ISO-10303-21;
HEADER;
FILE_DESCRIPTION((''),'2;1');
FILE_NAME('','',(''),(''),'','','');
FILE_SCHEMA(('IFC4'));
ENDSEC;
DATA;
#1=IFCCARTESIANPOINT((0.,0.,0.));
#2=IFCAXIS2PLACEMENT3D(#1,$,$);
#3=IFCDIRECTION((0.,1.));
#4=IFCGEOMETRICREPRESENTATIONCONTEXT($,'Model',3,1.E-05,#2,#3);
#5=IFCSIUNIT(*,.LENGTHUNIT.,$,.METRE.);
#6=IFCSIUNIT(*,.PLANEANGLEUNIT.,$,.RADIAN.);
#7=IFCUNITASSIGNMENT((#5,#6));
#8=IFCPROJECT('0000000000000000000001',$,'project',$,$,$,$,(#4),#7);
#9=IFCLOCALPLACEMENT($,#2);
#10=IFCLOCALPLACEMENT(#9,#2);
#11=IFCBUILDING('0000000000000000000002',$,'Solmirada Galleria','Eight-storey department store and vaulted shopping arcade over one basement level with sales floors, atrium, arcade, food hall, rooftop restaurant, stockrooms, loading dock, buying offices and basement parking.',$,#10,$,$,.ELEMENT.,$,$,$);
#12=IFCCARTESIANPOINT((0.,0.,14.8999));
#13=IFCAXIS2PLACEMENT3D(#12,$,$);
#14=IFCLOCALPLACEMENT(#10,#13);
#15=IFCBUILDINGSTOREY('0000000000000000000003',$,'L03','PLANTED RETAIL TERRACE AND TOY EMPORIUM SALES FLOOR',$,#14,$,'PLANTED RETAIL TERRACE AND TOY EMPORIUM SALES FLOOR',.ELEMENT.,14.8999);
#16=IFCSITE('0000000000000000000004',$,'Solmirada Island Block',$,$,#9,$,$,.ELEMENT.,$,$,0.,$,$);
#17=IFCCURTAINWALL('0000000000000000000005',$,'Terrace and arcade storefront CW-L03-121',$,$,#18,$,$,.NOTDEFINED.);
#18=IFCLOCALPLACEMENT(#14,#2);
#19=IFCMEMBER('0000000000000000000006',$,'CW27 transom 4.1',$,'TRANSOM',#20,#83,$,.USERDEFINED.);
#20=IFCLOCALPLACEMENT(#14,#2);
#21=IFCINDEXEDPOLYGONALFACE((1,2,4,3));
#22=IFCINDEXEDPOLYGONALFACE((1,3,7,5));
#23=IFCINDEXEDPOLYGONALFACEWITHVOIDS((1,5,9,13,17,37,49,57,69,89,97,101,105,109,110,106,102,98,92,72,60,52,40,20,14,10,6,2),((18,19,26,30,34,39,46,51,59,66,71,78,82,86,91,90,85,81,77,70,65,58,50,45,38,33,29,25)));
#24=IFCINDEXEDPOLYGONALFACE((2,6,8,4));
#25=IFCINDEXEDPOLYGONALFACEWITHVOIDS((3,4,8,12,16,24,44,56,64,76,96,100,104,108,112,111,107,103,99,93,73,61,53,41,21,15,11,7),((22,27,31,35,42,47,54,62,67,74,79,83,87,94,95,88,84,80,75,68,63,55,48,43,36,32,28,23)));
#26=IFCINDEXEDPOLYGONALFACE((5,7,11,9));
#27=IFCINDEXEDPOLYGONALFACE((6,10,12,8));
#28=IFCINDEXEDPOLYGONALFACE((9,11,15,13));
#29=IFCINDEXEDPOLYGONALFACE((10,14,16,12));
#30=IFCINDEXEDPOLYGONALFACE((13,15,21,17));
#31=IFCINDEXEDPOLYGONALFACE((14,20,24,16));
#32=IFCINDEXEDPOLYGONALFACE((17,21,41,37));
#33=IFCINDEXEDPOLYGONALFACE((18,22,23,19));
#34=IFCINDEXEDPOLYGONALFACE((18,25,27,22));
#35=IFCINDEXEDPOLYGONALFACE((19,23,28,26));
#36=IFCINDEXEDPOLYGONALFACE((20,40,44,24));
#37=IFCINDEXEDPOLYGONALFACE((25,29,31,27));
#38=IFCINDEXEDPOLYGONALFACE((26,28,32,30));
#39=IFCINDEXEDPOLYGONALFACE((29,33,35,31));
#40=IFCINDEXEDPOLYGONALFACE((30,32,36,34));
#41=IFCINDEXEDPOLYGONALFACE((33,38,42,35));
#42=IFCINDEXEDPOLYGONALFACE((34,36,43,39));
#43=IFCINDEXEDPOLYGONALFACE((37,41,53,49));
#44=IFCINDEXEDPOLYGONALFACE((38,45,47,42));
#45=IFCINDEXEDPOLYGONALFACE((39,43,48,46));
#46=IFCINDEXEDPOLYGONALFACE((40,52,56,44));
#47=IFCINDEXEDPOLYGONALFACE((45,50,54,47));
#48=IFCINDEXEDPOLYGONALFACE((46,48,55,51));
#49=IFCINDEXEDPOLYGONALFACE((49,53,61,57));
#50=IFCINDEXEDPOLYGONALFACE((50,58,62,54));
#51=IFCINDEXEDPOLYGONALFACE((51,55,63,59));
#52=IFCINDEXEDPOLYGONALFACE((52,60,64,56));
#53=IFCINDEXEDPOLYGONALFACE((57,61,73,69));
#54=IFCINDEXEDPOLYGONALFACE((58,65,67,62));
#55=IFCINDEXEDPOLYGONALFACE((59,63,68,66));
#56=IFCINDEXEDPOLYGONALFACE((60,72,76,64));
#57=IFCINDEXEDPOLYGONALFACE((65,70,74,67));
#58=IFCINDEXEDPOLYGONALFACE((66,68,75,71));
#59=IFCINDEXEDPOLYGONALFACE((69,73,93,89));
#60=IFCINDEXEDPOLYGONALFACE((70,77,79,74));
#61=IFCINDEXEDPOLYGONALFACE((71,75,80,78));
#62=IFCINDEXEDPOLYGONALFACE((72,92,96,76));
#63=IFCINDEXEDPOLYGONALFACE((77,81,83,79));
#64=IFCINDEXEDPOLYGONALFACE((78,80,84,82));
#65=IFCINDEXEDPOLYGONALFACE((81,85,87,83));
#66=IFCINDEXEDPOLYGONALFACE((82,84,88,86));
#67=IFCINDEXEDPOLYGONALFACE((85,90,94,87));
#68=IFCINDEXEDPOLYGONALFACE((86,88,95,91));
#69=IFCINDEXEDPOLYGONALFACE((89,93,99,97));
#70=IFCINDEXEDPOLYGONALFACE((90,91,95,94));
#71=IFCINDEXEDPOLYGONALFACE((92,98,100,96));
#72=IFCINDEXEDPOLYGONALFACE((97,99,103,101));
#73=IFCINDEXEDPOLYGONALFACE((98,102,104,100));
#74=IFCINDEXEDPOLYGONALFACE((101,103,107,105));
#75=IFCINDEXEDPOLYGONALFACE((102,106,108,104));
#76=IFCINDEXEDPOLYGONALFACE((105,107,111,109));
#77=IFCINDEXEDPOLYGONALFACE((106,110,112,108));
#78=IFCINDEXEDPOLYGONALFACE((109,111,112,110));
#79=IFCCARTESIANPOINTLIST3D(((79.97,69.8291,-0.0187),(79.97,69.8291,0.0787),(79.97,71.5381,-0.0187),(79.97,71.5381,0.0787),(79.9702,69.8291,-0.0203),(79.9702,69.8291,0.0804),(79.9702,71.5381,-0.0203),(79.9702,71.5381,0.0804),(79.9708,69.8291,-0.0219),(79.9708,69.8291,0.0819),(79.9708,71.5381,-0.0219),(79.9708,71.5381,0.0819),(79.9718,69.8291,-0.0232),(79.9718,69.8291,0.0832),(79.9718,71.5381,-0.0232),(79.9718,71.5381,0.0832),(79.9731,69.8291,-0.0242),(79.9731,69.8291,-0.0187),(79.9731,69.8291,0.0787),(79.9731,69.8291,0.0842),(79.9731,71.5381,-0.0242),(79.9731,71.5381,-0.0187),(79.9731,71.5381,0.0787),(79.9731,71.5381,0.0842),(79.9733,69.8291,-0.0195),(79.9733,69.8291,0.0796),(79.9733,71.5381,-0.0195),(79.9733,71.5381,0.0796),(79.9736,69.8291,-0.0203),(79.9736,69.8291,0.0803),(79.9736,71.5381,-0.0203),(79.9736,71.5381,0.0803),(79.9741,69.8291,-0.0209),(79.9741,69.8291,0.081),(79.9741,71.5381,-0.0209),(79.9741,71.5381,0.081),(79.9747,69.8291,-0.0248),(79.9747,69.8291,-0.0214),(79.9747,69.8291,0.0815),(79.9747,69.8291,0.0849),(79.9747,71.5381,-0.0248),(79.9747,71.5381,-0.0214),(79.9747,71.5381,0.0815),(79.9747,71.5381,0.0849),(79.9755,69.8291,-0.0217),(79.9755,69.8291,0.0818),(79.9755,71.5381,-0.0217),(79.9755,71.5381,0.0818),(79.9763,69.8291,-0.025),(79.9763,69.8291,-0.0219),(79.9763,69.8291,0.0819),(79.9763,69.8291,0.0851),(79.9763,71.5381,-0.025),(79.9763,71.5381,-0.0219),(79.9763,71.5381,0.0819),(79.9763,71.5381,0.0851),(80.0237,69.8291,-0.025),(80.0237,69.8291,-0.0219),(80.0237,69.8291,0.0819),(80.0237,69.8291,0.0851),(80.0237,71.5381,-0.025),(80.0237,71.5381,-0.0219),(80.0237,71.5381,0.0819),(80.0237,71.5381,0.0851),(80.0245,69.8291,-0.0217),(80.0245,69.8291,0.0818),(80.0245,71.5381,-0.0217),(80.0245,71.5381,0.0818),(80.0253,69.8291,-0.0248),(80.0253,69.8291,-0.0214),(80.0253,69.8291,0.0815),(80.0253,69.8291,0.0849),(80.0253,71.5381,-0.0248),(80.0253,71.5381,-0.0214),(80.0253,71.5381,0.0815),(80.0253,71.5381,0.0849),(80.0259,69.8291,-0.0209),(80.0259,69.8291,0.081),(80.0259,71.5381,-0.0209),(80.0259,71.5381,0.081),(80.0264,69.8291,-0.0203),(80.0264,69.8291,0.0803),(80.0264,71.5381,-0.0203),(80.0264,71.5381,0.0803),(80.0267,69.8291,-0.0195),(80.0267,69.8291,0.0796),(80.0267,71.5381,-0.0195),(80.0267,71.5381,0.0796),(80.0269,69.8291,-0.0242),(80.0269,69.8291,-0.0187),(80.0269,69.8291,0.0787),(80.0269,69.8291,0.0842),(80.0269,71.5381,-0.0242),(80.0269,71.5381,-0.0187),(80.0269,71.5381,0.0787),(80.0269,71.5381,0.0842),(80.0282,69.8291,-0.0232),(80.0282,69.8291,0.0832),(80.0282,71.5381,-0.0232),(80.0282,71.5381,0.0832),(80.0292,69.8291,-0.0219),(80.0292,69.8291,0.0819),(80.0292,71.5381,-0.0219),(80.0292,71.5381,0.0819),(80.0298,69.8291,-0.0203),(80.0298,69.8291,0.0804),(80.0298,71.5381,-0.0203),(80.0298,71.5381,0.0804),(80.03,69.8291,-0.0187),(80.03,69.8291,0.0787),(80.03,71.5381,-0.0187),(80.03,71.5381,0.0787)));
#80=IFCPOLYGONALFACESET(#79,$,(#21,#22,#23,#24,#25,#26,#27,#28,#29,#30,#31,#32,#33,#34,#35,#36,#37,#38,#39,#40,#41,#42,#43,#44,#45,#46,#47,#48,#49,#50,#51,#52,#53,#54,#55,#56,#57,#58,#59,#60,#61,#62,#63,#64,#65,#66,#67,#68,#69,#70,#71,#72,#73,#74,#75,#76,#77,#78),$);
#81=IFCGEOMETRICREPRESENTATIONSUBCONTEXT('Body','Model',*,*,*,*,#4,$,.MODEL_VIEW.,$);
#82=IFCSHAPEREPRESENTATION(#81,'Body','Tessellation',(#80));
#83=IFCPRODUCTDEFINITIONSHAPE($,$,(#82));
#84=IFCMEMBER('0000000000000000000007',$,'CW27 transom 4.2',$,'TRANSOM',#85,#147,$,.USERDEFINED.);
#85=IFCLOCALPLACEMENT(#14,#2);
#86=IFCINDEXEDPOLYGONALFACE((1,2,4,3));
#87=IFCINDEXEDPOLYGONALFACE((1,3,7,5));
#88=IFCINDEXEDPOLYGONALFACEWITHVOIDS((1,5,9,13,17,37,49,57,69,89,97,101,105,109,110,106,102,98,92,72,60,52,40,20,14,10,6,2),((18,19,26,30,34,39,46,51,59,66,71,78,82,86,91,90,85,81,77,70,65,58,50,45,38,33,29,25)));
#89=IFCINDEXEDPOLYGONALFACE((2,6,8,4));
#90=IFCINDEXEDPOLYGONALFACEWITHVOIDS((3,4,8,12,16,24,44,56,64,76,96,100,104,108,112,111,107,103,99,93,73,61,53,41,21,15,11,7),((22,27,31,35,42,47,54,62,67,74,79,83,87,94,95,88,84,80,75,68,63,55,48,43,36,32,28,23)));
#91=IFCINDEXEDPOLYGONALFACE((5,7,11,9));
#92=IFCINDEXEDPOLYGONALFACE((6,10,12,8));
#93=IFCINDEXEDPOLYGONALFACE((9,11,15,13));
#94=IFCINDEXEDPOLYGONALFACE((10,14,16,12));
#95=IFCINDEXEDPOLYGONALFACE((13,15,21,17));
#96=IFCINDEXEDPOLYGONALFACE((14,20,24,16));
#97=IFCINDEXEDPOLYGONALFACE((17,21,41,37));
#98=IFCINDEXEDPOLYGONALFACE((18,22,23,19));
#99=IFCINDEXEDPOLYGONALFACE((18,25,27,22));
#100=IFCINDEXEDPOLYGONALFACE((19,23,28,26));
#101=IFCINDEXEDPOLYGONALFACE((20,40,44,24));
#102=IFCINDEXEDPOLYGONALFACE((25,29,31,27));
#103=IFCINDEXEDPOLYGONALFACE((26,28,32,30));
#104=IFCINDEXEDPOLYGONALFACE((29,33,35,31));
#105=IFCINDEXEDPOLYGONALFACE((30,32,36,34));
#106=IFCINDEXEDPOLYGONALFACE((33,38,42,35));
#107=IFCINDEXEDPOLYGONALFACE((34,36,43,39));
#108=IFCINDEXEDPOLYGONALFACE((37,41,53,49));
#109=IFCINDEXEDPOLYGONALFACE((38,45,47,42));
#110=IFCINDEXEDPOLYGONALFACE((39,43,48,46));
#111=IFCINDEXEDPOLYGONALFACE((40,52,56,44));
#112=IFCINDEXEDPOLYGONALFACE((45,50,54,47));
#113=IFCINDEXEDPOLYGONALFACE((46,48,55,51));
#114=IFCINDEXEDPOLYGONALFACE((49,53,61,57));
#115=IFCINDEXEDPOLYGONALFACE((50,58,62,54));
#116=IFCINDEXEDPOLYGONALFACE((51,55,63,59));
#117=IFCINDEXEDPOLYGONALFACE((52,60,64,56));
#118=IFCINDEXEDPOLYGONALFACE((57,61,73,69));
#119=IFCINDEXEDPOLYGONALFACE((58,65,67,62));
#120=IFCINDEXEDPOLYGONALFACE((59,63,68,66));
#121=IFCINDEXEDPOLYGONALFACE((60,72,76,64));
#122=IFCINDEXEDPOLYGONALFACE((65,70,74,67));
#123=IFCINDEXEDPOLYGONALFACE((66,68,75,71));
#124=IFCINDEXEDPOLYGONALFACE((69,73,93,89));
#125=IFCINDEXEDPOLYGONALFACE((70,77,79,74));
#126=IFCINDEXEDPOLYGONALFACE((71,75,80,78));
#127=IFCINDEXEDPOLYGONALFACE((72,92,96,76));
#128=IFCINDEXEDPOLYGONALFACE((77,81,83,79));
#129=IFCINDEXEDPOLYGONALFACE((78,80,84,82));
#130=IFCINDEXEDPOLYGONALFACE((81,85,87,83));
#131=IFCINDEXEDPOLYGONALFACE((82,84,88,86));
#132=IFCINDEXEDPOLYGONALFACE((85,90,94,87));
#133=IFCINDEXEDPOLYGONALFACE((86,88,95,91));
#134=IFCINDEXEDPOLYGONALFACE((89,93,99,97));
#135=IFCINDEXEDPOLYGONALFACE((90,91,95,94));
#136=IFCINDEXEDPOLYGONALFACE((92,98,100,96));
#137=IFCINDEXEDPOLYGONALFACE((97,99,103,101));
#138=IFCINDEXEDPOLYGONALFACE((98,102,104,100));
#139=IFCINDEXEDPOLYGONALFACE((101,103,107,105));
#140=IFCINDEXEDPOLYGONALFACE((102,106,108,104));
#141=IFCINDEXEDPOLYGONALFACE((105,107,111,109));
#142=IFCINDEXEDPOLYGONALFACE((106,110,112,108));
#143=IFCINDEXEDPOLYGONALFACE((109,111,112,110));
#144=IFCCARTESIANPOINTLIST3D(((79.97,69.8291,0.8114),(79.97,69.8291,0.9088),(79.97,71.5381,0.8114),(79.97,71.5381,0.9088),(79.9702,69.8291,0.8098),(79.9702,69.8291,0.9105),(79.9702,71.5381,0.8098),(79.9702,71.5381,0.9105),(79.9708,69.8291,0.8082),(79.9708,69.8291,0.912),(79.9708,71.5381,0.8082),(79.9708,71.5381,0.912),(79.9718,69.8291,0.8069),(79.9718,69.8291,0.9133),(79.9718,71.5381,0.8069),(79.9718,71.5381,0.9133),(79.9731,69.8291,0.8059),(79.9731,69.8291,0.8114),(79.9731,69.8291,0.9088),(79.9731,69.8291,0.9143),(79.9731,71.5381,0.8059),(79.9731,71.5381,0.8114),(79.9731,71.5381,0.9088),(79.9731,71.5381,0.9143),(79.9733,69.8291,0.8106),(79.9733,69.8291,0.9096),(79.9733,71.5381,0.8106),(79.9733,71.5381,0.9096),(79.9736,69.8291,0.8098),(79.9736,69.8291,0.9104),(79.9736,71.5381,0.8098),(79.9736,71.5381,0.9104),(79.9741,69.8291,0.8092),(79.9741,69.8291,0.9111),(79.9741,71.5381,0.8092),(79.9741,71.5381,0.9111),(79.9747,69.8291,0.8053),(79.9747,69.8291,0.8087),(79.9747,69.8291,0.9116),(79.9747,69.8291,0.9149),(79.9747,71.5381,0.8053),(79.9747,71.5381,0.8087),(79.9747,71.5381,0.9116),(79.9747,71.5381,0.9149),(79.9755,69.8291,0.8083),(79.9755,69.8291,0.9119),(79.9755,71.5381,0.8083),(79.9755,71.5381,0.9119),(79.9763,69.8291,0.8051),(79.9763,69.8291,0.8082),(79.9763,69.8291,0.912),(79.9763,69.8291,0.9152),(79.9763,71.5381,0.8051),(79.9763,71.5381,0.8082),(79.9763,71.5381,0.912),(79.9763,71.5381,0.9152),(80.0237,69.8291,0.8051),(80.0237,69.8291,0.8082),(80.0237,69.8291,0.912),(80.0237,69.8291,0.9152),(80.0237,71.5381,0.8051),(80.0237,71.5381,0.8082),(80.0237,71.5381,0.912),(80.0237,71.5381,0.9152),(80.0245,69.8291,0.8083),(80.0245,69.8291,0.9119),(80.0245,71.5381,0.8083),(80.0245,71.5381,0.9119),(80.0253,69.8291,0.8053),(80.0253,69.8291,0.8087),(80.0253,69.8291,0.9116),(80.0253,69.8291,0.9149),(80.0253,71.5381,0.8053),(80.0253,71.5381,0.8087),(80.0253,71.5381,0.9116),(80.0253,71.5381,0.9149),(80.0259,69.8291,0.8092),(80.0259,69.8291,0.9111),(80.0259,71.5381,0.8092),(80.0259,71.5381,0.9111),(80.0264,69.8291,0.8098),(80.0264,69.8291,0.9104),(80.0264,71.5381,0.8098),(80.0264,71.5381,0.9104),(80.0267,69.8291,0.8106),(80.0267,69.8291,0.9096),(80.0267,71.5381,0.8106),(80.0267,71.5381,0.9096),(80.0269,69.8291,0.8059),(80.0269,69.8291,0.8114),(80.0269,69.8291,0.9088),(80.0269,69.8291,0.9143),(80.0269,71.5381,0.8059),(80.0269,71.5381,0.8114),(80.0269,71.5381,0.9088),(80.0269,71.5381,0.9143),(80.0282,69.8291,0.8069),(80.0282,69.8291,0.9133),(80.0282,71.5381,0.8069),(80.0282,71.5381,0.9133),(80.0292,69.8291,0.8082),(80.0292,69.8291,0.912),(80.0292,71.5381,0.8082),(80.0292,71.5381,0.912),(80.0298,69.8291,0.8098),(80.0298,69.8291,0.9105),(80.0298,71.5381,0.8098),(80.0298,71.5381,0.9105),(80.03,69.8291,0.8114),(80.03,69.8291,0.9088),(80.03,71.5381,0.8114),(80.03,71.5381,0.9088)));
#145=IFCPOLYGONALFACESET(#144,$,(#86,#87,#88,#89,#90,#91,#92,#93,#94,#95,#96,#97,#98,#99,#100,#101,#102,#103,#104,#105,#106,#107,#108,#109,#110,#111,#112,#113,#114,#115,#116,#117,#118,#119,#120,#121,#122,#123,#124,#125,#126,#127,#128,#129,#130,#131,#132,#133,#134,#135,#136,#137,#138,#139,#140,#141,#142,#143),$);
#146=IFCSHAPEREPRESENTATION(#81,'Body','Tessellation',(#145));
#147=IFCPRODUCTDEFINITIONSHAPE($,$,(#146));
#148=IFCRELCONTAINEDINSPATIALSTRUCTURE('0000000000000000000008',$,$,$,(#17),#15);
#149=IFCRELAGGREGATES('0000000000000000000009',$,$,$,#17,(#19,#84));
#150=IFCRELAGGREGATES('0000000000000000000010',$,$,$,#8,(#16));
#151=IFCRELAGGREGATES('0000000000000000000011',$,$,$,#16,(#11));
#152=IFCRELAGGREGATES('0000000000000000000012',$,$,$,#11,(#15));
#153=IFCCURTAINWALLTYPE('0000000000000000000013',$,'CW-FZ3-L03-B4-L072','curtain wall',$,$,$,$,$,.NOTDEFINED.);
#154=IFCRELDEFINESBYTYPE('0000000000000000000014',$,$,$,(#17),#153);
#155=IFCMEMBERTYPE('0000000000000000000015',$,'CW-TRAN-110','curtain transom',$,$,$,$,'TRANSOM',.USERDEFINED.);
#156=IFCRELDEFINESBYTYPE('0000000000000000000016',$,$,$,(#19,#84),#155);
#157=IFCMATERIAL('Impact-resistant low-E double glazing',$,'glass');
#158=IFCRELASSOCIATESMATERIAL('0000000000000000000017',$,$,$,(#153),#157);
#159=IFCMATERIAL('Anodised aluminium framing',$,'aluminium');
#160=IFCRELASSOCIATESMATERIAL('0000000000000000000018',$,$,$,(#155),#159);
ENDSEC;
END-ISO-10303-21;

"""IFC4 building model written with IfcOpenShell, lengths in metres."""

from ifc_helpers import new_model, si_unit, direction, frame, origin, origin_2d, place, context, subcontext, project, spatial, hollow_rectangle, extrude, material, material_profile, profile_set, type_object, element, aggregate, save


model = new_model("IFC4")

# Units and contexts
model_context = context("Model", 3, precision=1e-05, world=origin(), true_north=direction((0.0, 1.0)))
body_context = subcontext(model_context, "Body", "Model", "MODEL_VIEW")
ifc_project = project(units=[si_unit("LENGTHUNIT", "METRE"), si_unit("PLANEANGLEUNIT", "RADIAN")], contexts=[model_context])

# Site, building, storey
site_placement = place(None, origin())
site = spatial("IfcSite", under=ifc_project, at=site_placement, Name="Solmirada Island Block", CompositionType="ELEMENT", RefElevation=0.0)
building_placement = place(site_placement, origin())
building = spatial("IfcBuilding", under=site, at=building_placement, Name="Solmirada Galleria", Description="Eight-storey department store and vaulted shopping arcade over one basement level with sales floors, atrium, arcade, food hall, rooftop restaurant, stockrooms, loading dock, buying offices and basement parking.", CompositionType="ELEMENT")
storey_placement = place(building_placement, frame((0.0, 0.0, 14.8999)))
storey = spatial("IfcBuildingStorey", under=building, at=storey_placement, Name="L03", Description="PLANTED RETAIL TERRACE AND TOY EMPORIUM SALES FLOOR", LongName="PLANTED RETAIL TERRACE AND TOY EMPORIUM SALES FLOOR", CompositionType="ELEMENT", Elevation=14.8999)

# Curtain wall, members
ifc_material_1 = material(Name="Impact-resistant low-E double glazing", Category="glass")
curtain_wall_type = type_object("IfcCurtainWallType", Name="CW-FZ3-L03-B4-L072", Description="curtain wall", PredefinedType="NOTDEFINED", material=ifc_material_1)
curtain_wall_placement = place(storey_placement, origin())
curtain_wall = element("IfcCurtainWall", 1, at=curtain_wall_placement, inside=storey, type_object=curtain_wall_type, Name="Terrace and arcade storefront CW-L03-121", PredefinedType="NOTDEFINED")
ifc_material_2 = material(Name="Anodised aluminium framing", Category="aluminium")
ifc_material_profile_1 = material_profile(ifc_material_2, hollow_rectangle(XDim=0.0601, YDim=0.1101, WallThickness=0.0032, InnerFilletRadius=0.0032, OuterFilletRadius=0.0063, at=origin_2d()), Name="ALU-TRAN-110X60")
ifc_profile_set_1 = profile_set([ifc_material_profile_1], Name="Anodised aluminium framing")
member_type_1 = type_object("IfcMemberType", Name="CW-TRAN-110", Description="curtain transom", ElementType="TRANSOM", PredefinedType="USERDEFINED", material=ifc_profile_set_1)
member_1_placement = place(storey_placement, frame((80.0, 69.8291, 0.03), z_axis=(0.0, 1.0, 0.0), x_axis=(-1.0, 0.0, 0.0)))
member_1 = element("IfcMember", 2, at=member_1_placement, type_object=member_type_1, Name="CW27 transom 4.1", ObjectType="TRANSOM", PredefinedType="USERDEFINED", context=body_context, shape_type="SweptSolid", body=[
    extrude(hollow_rectangle(XDim=0.0601, YDim=0.1101, WallThickness=0.0032, InnerFilletRadius=0.0032, OuterFilletRadius=0.0063, at=origin_2d()), origin(), (0.0, 0.0, 1.0), 1.709),
])
member_2_placement = place(storey_placement, frame((80.0, 69.8291, 0.8601), z_axis=(0.0, 1.0, 0.0), x_axis=(-1.0, 0.0, 0.0)))
member_2 = element("IfcMember", 3, at=member_2_placement, type_object=member_type_1, Name="CW27 transom 4.2", ObjectType="TRANSOM", PredefinedType="USERDEFINED", context=body_context, shape_type="SweptSolid", body=[
    extrude(hollow_rectangle(XDim=0.0601, YDim=0.1101, WallThickness=0.0032, InnerFilletRadius=0.0032, OuterFilletRadius=0.0063, at=origin_2d()), origin(), (0.0, 0.0, 1.0), 1.709),
])
aggregate(curtain_wall, [member_1, member_2])

save(model, "model.ifc")
